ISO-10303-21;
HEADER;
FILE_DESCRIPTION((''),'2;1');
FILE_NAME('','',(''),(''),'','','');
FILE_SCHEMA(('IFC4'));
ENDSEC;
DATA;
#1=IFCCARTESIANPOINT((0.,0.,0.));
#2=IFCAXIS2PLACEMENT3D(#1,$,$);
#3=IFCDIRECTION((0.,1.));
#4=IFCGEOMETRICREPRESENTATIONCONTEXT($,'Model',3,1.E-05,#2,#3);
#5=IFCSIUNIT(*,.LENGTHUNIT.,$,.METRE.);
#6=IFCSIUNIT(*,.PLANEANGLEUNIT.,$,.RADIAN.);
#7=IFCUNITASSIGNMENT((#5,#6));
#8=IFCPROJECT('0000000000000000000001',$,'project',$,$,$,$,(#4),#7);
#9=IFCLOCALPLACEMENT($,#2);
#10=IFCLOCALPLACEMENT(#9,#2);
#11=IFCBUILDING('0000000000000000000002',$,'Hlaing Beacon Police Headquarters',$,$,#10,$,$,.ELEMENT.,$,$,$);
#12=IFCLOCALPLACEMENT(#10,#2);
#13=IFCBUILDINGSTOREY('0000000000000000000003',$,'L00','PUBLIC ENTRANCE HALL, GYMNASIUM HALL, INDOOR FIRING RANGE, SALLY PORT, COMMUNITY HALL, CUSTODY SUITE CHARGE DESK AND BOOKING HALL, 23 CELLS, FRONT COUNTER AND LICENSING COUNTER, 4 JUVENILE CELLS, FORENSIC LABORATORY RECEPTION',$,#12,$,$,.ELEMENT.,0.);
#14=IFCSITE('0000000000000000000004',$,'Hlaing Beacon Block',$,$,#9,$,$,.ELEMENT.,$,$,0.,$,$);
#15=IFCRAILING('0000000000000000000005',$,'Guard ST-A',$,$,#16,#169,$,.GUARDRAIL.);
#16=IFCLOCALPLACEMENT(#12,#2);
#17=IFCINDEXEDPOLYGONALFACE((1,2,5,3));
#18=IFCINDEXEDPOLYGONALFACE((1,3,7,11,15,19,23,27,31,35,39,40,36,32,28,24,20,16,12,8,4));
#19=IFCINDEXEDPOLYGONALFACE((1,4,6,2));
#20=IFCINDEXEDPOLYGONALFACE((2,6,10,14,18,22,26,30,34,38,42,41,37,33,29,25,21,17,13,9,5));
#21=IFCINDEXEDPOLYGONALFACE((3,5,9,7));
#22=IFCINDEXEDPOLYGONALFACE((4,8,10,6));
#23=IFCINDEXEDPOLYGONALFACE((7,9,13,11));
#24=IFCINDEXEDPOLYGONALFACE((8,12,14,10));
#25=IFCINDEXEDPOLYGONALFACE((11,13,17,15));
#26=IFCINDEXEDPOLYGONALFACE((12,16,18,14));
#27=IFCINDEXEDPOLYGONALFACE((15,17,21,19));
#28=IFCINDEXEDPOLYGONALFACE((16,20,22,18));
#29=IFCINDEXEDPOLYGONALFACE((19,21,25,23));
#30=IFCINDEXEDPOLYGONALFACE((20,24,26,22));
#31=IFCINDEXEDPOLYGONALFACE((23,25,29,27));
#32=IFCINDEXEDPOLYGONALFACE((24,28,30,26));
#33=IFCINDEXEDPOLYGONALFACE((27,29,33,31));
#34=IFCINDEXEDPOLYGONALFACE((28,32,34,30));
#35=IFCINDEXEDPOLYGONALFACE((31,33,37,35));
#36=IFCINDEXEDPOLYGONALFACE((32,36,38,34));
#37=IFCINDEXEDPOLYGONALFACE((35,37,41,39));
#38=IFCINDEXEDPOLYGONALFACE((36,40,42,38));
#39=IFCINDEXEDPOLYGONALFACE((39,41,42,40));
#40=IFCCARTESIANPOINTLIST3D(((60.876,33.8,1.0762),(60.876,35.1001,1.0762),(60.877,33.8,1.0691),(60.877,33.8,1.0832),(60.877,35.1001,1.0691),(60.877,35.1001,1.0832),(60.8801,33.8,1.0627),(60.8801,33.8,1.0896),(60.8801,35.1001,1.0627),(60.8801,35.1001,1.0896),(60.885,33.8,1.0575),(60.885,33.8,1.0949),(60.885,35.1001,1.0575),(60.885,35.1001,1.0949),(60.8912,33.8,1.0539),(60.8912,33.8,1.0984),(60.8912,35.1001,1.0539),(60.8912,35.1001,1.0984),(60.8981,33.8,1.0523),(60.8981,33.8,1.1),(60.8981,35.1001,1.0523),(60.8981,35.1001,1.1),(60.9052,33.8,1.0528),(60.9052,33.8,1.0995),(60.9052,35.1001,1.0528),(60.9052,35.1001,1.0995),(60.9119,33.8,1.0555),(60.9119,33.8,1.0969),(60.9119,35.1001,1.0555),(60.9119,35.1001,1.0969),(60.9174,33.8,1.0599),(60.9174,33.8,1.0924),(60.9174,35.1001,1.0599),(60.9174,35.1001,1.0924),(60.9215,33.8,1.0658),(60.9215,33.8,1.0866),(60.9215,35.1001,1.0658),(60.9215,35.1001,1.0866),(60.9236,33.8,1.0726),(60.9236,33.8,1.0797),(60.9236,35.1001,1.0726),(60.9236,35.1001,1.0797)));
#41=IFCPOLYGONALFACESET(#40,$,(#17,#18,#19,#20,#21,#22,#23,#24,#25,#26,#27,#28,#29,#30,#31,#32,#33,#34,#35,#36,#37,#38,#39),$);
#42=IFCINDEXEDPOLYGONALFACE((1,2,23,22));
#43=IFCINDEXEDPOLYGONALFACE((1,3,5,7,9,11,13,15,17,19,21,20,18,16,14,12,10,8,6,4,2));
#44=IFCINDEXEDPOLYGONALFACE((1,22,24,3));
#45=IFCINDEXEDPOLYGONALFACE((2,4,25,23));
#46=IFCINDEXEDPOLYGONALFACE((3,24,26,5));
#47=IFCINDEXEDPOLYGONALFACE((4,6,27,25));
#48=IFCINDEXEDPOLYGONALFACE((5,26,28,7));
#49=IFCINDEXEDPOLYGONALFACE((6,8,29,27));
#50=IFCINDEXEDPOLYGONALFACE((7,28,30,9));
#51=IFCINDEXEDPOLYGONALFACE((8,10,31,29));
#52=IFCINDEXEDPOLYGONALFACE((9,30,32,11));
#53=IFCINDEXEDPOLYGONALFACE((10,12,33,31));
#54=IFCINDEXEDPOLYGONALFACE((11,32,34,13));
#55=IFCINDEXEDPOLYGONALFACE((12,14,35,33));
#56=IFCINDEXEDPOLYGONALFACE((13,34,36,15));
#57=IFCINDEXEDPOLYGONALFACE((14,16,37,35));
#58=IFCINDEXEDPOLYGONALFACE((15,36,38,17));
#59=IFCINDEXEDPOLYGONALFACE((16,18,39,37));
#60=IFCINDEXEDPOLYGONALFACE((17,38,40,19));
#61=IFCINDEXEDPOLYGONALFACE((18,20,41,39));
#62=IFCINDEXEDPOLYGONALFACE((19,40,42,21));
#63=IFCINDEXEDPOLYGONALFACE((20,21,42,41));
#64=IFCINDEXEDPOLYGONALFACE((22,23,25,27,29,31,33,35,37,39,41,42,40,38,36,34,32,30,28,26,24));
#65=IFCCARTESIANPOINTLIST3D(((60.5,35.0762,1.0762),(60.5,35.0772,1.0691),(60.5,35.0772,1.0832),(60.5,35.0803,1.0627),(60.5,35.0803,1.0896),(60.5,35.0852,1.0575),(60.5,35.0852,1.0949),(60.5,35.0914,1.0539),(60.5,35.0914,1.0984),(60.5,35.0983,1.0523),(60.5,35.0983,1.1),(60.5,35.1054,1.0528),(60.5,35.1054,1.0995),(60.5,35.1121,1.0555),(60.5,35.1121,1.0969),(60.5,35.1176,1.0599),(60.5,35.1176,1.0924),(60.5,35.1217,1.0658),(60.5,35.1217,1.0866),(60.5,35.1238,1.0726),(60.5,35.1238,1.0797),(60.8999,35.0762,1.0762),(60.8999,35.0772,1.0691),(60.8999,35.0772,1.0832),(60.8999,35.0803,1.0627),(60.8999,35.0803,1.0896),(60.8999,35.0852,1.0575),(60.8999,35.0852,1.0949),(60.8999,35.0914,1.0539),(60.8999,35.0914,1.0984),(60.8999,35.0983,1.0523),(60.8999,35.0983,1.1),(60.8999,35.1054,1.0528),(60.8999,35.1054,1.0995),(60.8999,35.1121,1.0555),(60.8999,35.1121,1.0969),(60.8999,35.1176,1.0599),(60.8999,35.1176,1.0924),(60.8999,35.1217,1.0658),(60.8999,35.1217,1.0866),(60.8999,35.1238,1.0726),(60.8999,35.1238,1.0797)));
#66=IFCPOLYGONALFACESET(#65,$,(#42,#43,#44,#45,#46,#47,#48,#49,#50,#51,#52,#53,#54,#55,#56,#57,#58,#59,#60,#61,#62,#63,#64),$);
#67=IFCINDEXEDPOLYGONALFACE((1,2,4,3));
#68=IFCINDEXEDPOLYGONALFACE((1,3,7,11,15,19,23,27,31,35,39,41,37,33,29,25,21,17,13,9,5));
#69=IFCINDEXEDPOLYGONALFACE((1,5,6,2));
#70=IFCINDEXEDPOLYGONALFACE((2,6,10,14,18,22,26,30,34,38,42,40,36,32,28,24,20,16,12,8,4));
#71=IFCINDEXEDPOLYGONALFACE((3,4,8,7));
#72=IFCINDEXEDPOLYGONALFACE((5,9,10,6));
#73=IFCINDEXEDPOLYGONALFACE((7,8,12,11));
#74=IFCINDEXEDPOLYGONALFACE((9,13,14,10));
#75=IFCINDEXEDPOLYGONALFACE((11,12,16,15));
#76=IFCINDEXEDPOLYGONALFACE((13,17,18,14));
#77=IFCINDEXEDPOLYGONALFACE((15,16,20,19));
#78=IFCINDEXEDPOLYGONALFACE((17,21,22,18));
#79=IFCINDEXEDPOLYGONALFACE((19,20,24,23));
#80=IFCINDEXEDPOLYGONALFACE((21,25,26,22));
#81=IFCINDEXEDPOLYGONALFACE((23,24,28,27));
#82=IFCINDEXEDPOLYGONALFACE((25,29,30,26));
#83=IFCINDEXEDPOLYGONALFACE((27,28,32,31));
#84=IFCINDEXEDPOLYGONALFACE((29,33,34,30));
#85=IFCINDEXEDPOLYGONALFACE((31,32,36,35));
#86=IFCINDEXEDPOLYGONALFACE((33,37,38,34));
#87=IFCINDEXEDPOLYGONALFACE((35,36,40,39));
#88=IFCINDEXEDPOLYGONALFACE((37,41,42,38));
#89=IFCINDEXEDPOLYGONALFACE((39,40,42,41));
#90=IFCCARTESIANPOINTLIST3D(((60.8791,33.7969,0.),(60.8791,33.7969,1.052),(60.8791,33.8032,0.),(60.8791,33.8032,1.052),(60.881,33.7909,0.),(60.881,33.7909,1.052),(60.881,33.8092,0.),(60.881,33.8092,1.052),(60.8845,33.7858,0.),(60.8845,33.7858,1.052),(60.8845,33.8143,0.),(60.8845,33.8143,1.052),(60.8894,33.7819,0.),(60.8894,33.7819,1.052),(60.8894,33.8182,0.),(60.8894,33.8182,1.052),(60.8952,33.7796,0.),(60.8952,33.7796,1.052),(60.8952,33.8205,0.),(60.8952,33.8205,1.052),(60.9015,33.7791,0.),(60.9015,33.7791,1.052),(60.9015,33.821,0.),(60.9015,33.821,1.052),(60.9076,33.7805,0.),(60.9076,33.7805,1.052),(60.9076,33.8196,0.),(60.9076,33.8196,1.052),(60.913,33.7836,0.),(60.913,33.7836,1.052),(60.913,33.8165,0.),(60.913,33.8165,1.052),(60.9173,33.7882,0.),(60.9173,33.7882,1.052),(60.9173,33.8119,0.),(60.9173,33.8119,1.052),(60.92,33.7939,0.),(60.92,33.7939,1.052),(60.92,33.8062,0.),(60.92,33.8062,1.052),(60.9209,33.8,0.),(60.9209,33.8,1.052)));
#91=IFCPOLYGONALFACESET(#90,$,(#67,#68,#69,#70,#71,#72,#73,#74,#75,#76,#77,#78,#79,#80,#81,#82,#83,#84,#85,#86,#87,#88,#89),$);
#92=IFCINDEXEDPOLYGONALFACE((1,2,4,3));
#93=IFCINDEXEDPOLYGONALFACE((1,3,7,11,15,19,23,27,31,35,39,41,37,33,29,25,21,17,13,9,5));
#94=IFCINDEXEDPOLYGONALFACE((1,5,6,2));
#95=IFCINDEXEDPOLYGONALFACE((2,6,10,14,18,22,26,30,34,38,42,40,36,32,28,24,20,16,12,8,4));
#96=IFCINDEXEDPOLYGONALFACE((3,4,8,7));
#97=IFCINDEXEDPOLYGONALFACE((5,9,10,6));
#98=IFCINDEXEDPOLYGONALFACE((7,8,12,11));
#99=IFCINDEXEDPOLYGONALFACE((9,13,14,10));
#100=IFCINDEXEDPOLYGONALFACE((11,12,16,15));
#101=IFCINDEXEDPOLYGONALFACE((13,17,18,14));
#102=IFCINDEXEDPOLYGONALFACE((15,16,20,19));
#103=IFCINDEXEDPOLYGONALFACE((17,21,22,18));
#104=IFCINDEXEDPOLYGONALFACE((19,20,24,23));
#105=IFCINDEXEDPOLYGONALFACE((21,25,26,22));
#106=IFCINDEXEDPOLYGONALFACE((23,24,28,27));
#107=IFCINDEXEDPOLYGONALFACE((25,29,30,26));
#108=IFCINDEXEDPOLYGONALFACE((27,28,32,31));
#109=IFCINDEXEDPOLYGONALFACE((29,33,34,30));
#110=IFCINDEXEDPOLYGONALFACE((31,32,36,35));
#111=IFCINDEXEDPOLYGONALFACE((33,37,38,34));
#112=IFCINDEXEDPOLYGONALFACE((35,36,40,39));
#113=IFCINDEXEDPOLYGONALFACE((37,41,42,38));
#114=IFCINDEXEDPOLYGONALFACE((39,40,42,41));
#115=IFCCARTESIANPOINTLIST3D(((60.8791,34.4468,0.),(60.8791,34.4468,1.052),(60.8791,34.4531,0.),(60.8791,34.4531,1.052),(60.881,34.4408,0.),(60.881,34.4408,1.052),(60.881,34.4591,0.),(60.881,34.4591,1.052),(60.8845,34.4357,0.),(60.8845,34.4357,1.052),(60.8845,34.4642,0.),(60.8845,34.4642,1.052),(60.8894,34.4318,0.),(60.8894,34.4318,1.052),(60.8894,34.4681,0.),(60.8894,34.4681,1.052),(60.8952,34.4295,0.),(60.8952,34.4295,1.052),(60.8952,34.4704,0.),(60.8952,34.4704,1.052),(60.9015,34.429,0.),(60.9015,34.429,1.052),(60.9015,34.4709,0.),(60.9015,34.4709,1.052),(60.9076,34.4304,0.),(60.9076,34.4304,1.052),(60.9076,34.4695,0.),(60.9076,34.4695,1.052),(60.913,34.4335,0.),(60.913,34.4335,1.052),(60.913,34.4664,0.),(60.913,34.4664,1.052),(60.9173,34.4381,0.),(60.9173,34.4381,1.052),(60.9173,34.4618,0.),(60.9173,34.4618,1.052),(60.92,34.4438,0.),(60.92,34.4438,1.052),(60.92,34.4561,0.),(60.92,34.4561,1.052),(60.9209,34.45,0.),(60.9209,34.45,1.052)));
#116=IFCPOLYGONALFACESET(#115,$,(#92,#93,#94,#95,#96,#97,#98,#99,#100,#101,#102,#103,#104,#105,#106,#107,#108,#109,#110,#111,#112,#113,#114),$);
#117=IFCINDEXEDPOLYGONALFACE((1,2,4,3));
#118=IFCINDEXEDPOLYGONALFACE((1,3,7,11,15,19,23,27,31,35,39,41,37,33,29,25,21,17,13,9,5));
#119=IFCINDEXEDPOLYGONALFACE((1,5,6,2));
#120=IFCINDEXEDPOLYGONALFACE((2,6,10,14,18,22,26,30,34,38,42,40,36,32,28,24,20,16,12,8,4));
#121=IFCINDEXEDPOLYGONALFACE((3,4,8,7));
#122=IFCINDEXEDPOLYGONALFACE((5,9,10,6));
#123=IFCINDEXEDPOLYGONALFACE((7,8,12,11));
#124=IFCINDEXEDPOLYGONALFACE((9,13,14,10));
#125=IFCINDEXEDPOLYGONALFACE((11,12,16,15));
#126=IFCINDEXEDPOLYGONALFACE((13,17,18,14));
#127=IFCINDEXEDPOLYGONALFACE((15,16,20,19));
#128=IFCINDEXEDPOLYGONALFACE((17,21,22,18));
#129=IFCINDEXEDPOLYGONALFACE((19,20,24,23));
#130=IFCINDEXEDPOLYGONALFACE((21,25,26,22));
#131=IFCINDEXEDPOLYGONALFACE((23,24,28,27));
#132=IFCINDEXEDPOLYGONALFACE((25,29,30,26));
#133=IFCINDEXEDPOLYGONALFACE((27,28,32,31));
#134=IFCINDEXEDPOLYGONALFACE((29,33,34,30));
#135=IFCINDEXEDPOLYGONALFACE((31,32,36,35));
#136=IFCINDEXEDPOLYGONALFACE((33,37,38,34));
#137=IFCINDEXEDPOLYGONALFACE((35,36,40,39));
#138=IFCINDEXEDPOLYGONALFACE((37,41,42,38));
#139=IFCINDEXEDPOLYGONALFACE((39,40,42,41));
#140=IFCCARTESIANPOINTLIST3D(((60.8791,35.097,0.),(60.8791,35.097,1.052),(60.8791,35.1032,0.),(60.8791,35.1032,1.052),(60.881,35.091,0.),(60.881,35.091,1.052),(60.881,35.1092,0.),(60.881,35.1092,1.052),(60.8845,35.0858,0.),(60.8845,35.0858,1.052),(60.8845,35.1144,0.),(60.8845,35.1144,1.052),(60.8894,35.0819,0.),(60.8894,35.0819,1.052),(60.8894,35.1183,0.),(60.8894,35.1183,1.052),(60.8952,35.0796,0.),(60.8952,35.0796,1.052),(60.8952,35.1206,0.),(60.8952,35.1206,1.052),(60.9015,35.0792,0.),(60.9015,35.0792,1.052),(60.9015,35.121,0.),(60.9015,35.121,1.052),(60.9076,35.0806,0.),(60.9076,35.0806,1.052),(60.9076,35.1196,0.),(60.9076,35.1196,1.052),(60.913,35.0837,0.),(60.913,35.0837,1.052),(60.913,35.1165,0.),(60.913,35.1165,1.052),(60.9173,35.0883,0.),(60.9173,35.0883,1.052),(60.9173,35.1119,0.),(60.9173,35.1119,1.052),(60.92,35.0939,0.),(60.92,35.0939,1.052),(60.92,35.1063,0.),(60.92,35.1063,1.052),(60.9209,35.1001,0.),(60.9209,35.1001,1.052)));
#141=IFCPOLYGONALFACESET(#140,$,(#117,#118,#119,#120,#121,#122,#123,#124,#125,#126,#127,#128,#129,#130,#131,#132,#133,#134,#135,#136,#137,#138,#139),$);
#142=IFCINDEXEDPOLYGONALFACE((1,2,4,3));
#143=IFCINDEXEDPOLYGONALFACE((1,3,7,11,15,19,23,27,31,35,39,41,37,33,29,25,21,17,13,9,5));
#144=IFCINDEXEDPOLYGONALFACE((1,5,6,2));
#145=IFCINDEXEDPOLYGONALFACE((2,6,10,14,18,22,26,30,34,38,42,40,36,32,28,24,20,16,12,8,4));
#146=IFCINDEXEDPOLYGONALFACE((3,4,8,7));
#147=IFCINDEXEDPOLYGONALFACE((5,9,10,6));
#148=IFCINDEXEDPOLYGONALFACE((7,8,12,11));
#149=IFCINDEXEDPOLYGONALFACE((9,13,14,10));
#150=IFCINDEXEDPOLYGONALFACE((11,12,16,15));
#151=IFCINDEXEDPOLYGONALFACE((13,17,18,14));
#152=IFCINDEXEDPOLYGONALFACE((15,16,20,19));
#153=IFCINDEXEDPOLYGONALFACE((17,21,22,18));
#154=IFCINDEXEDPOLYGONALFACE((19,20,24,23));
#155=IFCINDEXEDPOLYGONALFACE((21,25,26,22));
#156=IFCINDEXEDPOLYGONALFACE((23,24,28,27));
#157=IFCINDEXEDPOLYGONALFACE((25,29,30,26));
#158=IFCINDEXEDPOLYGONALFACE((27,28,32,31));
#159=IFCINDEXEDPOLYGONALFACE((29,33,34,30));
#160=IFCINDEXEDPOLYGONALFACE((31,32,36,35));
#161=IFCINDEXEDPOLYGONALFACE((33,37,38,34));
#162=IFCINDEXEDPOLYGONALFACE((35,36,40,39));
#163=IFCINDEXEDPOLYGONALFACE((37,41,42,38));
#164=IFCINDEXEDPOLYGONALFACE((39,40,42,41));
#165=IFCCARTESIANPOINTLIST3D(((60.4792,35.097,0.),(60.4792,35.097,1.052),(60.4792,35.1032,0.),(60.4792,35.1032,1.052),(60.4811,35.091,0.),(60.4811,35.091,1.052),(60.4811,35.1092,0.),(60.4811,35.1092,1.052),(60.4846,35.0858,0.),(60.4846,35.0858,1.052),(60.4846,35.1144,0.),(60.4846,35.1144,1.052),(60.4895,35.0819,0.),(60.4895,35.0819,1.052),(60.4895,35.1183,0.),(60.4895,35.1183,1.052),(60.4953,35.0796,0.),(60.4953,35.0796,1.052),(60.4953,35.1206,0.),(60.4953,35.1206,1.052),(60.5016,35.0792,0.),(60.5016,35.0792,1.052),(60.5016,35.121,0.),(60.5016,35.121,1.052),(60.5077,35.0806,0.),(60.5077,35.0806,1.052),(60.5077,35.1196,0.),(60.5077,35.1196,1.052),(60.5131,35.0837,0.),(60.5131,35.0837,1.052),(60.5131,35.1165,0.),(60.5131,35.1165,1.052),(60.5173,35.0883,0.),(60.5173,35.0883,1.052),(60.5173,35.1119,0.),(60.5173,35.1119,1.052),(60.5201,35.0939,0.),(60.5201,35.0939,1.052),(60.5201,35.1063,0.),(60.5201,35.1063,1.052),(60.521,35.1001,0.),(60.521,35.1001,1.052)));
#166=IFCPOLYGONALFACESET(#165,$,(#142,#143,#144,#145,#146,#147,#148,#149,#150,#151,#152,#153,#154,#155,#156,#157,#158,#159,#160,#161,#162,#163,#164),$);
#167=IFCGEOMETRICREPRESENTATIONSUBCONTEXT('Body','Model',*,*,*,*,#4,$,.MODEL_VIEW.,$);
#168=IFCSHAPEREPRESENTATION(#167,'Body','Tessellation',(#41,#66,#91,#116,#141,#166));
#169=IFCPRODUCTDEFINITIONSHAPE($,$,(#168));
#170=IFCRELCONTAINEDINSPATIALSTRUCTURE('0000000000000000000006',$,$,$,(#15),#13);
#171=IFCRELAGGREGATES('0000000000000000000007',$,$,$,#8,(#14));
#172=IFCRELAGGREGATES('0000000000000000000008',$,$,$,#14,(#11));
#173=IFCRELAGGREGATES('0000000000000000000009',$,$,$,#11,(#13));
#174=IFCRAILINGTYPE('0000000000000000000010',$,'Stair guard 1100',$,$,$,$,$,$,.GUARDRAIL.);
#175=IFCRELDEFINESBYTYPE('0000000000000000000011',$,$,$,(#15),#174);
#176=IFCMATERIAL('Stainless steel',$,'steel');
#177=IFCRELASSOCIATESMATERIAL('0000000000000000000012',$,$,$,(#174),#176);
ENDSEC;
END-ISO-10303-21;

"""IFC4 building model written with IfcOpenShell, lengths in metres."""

from ifc_helpers import new_model, si_unit, direction, frame, origin, origin_2d, place, context, subcontext, project, spatial, circle, extrude, material, type_object, element, save


model = new_model("IFC4")

# Units and contexts
model_context = context("Model", 3, precision=1e-05, world=origin(), true_north=direction((0.0, 1.0)))
body_context = subcontext(model_context, "Body", "Model", "MODEL_VIEW")
ifc_project = project(units=[si_unit("LENGTHUNIT", "METRE"), si_unit("PLANEANGLEUNIT", "RADIAN")], contexts=[model_context])

# Site, building, storey
site_placement = place(None, origin())
site = spatial("IfcSite", under=ifc_project, at=site_placement, Name="Hlaing Beacon Block", CompositionType="ELEMENT", RefElevation=0.0)
building_placement = place(site_placement, origin())
building = spatial("IfcBuilding", under=site, at=building_placement, Name="Hlaing Beacon Police Headquarters", CompositionType="ELEMENT")
storey_placement = place(building_placement, origin())
storey = spatial("IfcBuildingStorey", under=building, at=storey_placement, Name="L00", Description="PUBLIC ENTRANCE HALL, GYMNASIUM HALL, INDOOR FIRING RANGE, SALLY PORT, COMMUNITY HALL, CUSTODY SUITE CHARGE DESK AND BOOKING HALL, 23 CELLS, FRONT COUNTER AND LICENSING COUNTER, 4 JUVENILE CELLS, FORENSIC LABORATORY RECEPTION", CompositionType="ELEMENT", Elevation=0.0)

# Railing
ifc_material_1 = material(Name="Stainless steel", Category="steel")
railing_type_1 = type_object("IfcRailingType", Name="Stair guard 1100", PredefinedType="GUARDRAIL", material=ifc_material_1)
railing_placement = place(storey_placement, frame((60.8999, 33.8, 0.0)))
element("IfcRailing", 1, at=railing_placement, inside=storey, type_object=railing_type_1, Name="Guard ST-A", PredefinedType="GUARDRAIL", context=body_context, shape_type="SweptSolid", body=[
    extrude(circle(Radius=0.0239, at=origin_2d()), frame((0.0, 0.0, 1.0762), z_axis=(0.0, 1.0, 0.0), x_axis=(-1.0, 0.0, 0.0)), (0.0, 0.0, 1.0), 1.3),
    extrude(circle(Radius=0.0239, at=origin_2d()), frame((0.0, 1.3, 1.0762), z_axis=(-1.0, 0.0, 0.0), x_axis=(0.0, -1.0, 0.0)), (0.0, 0.0, 1.0), 0.3999),
    extrude(circle(Radius=0.021, at=origin_2d()), origin(), (0.0, 0.0, 1.0), 1.052),
    extrude(circle(Radius=0.021, at=origin_2d()), frame((0.0, 0.6499, 0.0)), (0.0, 0.0, 1.0), 1.052),
    extrude(circle(Radius=0.021, at=origin_2d()), frame((0.0, 1.3, 0.0)), (0.0, 0.0, 1.0), 1.052),
    extrude(circle(Radius=0.021, at=origin_2d()), frame((-0.3999, 1.3, 0.0)), (0.0, 0.0, 1.0), 1.052),
])

save(model, "model.ifc")
